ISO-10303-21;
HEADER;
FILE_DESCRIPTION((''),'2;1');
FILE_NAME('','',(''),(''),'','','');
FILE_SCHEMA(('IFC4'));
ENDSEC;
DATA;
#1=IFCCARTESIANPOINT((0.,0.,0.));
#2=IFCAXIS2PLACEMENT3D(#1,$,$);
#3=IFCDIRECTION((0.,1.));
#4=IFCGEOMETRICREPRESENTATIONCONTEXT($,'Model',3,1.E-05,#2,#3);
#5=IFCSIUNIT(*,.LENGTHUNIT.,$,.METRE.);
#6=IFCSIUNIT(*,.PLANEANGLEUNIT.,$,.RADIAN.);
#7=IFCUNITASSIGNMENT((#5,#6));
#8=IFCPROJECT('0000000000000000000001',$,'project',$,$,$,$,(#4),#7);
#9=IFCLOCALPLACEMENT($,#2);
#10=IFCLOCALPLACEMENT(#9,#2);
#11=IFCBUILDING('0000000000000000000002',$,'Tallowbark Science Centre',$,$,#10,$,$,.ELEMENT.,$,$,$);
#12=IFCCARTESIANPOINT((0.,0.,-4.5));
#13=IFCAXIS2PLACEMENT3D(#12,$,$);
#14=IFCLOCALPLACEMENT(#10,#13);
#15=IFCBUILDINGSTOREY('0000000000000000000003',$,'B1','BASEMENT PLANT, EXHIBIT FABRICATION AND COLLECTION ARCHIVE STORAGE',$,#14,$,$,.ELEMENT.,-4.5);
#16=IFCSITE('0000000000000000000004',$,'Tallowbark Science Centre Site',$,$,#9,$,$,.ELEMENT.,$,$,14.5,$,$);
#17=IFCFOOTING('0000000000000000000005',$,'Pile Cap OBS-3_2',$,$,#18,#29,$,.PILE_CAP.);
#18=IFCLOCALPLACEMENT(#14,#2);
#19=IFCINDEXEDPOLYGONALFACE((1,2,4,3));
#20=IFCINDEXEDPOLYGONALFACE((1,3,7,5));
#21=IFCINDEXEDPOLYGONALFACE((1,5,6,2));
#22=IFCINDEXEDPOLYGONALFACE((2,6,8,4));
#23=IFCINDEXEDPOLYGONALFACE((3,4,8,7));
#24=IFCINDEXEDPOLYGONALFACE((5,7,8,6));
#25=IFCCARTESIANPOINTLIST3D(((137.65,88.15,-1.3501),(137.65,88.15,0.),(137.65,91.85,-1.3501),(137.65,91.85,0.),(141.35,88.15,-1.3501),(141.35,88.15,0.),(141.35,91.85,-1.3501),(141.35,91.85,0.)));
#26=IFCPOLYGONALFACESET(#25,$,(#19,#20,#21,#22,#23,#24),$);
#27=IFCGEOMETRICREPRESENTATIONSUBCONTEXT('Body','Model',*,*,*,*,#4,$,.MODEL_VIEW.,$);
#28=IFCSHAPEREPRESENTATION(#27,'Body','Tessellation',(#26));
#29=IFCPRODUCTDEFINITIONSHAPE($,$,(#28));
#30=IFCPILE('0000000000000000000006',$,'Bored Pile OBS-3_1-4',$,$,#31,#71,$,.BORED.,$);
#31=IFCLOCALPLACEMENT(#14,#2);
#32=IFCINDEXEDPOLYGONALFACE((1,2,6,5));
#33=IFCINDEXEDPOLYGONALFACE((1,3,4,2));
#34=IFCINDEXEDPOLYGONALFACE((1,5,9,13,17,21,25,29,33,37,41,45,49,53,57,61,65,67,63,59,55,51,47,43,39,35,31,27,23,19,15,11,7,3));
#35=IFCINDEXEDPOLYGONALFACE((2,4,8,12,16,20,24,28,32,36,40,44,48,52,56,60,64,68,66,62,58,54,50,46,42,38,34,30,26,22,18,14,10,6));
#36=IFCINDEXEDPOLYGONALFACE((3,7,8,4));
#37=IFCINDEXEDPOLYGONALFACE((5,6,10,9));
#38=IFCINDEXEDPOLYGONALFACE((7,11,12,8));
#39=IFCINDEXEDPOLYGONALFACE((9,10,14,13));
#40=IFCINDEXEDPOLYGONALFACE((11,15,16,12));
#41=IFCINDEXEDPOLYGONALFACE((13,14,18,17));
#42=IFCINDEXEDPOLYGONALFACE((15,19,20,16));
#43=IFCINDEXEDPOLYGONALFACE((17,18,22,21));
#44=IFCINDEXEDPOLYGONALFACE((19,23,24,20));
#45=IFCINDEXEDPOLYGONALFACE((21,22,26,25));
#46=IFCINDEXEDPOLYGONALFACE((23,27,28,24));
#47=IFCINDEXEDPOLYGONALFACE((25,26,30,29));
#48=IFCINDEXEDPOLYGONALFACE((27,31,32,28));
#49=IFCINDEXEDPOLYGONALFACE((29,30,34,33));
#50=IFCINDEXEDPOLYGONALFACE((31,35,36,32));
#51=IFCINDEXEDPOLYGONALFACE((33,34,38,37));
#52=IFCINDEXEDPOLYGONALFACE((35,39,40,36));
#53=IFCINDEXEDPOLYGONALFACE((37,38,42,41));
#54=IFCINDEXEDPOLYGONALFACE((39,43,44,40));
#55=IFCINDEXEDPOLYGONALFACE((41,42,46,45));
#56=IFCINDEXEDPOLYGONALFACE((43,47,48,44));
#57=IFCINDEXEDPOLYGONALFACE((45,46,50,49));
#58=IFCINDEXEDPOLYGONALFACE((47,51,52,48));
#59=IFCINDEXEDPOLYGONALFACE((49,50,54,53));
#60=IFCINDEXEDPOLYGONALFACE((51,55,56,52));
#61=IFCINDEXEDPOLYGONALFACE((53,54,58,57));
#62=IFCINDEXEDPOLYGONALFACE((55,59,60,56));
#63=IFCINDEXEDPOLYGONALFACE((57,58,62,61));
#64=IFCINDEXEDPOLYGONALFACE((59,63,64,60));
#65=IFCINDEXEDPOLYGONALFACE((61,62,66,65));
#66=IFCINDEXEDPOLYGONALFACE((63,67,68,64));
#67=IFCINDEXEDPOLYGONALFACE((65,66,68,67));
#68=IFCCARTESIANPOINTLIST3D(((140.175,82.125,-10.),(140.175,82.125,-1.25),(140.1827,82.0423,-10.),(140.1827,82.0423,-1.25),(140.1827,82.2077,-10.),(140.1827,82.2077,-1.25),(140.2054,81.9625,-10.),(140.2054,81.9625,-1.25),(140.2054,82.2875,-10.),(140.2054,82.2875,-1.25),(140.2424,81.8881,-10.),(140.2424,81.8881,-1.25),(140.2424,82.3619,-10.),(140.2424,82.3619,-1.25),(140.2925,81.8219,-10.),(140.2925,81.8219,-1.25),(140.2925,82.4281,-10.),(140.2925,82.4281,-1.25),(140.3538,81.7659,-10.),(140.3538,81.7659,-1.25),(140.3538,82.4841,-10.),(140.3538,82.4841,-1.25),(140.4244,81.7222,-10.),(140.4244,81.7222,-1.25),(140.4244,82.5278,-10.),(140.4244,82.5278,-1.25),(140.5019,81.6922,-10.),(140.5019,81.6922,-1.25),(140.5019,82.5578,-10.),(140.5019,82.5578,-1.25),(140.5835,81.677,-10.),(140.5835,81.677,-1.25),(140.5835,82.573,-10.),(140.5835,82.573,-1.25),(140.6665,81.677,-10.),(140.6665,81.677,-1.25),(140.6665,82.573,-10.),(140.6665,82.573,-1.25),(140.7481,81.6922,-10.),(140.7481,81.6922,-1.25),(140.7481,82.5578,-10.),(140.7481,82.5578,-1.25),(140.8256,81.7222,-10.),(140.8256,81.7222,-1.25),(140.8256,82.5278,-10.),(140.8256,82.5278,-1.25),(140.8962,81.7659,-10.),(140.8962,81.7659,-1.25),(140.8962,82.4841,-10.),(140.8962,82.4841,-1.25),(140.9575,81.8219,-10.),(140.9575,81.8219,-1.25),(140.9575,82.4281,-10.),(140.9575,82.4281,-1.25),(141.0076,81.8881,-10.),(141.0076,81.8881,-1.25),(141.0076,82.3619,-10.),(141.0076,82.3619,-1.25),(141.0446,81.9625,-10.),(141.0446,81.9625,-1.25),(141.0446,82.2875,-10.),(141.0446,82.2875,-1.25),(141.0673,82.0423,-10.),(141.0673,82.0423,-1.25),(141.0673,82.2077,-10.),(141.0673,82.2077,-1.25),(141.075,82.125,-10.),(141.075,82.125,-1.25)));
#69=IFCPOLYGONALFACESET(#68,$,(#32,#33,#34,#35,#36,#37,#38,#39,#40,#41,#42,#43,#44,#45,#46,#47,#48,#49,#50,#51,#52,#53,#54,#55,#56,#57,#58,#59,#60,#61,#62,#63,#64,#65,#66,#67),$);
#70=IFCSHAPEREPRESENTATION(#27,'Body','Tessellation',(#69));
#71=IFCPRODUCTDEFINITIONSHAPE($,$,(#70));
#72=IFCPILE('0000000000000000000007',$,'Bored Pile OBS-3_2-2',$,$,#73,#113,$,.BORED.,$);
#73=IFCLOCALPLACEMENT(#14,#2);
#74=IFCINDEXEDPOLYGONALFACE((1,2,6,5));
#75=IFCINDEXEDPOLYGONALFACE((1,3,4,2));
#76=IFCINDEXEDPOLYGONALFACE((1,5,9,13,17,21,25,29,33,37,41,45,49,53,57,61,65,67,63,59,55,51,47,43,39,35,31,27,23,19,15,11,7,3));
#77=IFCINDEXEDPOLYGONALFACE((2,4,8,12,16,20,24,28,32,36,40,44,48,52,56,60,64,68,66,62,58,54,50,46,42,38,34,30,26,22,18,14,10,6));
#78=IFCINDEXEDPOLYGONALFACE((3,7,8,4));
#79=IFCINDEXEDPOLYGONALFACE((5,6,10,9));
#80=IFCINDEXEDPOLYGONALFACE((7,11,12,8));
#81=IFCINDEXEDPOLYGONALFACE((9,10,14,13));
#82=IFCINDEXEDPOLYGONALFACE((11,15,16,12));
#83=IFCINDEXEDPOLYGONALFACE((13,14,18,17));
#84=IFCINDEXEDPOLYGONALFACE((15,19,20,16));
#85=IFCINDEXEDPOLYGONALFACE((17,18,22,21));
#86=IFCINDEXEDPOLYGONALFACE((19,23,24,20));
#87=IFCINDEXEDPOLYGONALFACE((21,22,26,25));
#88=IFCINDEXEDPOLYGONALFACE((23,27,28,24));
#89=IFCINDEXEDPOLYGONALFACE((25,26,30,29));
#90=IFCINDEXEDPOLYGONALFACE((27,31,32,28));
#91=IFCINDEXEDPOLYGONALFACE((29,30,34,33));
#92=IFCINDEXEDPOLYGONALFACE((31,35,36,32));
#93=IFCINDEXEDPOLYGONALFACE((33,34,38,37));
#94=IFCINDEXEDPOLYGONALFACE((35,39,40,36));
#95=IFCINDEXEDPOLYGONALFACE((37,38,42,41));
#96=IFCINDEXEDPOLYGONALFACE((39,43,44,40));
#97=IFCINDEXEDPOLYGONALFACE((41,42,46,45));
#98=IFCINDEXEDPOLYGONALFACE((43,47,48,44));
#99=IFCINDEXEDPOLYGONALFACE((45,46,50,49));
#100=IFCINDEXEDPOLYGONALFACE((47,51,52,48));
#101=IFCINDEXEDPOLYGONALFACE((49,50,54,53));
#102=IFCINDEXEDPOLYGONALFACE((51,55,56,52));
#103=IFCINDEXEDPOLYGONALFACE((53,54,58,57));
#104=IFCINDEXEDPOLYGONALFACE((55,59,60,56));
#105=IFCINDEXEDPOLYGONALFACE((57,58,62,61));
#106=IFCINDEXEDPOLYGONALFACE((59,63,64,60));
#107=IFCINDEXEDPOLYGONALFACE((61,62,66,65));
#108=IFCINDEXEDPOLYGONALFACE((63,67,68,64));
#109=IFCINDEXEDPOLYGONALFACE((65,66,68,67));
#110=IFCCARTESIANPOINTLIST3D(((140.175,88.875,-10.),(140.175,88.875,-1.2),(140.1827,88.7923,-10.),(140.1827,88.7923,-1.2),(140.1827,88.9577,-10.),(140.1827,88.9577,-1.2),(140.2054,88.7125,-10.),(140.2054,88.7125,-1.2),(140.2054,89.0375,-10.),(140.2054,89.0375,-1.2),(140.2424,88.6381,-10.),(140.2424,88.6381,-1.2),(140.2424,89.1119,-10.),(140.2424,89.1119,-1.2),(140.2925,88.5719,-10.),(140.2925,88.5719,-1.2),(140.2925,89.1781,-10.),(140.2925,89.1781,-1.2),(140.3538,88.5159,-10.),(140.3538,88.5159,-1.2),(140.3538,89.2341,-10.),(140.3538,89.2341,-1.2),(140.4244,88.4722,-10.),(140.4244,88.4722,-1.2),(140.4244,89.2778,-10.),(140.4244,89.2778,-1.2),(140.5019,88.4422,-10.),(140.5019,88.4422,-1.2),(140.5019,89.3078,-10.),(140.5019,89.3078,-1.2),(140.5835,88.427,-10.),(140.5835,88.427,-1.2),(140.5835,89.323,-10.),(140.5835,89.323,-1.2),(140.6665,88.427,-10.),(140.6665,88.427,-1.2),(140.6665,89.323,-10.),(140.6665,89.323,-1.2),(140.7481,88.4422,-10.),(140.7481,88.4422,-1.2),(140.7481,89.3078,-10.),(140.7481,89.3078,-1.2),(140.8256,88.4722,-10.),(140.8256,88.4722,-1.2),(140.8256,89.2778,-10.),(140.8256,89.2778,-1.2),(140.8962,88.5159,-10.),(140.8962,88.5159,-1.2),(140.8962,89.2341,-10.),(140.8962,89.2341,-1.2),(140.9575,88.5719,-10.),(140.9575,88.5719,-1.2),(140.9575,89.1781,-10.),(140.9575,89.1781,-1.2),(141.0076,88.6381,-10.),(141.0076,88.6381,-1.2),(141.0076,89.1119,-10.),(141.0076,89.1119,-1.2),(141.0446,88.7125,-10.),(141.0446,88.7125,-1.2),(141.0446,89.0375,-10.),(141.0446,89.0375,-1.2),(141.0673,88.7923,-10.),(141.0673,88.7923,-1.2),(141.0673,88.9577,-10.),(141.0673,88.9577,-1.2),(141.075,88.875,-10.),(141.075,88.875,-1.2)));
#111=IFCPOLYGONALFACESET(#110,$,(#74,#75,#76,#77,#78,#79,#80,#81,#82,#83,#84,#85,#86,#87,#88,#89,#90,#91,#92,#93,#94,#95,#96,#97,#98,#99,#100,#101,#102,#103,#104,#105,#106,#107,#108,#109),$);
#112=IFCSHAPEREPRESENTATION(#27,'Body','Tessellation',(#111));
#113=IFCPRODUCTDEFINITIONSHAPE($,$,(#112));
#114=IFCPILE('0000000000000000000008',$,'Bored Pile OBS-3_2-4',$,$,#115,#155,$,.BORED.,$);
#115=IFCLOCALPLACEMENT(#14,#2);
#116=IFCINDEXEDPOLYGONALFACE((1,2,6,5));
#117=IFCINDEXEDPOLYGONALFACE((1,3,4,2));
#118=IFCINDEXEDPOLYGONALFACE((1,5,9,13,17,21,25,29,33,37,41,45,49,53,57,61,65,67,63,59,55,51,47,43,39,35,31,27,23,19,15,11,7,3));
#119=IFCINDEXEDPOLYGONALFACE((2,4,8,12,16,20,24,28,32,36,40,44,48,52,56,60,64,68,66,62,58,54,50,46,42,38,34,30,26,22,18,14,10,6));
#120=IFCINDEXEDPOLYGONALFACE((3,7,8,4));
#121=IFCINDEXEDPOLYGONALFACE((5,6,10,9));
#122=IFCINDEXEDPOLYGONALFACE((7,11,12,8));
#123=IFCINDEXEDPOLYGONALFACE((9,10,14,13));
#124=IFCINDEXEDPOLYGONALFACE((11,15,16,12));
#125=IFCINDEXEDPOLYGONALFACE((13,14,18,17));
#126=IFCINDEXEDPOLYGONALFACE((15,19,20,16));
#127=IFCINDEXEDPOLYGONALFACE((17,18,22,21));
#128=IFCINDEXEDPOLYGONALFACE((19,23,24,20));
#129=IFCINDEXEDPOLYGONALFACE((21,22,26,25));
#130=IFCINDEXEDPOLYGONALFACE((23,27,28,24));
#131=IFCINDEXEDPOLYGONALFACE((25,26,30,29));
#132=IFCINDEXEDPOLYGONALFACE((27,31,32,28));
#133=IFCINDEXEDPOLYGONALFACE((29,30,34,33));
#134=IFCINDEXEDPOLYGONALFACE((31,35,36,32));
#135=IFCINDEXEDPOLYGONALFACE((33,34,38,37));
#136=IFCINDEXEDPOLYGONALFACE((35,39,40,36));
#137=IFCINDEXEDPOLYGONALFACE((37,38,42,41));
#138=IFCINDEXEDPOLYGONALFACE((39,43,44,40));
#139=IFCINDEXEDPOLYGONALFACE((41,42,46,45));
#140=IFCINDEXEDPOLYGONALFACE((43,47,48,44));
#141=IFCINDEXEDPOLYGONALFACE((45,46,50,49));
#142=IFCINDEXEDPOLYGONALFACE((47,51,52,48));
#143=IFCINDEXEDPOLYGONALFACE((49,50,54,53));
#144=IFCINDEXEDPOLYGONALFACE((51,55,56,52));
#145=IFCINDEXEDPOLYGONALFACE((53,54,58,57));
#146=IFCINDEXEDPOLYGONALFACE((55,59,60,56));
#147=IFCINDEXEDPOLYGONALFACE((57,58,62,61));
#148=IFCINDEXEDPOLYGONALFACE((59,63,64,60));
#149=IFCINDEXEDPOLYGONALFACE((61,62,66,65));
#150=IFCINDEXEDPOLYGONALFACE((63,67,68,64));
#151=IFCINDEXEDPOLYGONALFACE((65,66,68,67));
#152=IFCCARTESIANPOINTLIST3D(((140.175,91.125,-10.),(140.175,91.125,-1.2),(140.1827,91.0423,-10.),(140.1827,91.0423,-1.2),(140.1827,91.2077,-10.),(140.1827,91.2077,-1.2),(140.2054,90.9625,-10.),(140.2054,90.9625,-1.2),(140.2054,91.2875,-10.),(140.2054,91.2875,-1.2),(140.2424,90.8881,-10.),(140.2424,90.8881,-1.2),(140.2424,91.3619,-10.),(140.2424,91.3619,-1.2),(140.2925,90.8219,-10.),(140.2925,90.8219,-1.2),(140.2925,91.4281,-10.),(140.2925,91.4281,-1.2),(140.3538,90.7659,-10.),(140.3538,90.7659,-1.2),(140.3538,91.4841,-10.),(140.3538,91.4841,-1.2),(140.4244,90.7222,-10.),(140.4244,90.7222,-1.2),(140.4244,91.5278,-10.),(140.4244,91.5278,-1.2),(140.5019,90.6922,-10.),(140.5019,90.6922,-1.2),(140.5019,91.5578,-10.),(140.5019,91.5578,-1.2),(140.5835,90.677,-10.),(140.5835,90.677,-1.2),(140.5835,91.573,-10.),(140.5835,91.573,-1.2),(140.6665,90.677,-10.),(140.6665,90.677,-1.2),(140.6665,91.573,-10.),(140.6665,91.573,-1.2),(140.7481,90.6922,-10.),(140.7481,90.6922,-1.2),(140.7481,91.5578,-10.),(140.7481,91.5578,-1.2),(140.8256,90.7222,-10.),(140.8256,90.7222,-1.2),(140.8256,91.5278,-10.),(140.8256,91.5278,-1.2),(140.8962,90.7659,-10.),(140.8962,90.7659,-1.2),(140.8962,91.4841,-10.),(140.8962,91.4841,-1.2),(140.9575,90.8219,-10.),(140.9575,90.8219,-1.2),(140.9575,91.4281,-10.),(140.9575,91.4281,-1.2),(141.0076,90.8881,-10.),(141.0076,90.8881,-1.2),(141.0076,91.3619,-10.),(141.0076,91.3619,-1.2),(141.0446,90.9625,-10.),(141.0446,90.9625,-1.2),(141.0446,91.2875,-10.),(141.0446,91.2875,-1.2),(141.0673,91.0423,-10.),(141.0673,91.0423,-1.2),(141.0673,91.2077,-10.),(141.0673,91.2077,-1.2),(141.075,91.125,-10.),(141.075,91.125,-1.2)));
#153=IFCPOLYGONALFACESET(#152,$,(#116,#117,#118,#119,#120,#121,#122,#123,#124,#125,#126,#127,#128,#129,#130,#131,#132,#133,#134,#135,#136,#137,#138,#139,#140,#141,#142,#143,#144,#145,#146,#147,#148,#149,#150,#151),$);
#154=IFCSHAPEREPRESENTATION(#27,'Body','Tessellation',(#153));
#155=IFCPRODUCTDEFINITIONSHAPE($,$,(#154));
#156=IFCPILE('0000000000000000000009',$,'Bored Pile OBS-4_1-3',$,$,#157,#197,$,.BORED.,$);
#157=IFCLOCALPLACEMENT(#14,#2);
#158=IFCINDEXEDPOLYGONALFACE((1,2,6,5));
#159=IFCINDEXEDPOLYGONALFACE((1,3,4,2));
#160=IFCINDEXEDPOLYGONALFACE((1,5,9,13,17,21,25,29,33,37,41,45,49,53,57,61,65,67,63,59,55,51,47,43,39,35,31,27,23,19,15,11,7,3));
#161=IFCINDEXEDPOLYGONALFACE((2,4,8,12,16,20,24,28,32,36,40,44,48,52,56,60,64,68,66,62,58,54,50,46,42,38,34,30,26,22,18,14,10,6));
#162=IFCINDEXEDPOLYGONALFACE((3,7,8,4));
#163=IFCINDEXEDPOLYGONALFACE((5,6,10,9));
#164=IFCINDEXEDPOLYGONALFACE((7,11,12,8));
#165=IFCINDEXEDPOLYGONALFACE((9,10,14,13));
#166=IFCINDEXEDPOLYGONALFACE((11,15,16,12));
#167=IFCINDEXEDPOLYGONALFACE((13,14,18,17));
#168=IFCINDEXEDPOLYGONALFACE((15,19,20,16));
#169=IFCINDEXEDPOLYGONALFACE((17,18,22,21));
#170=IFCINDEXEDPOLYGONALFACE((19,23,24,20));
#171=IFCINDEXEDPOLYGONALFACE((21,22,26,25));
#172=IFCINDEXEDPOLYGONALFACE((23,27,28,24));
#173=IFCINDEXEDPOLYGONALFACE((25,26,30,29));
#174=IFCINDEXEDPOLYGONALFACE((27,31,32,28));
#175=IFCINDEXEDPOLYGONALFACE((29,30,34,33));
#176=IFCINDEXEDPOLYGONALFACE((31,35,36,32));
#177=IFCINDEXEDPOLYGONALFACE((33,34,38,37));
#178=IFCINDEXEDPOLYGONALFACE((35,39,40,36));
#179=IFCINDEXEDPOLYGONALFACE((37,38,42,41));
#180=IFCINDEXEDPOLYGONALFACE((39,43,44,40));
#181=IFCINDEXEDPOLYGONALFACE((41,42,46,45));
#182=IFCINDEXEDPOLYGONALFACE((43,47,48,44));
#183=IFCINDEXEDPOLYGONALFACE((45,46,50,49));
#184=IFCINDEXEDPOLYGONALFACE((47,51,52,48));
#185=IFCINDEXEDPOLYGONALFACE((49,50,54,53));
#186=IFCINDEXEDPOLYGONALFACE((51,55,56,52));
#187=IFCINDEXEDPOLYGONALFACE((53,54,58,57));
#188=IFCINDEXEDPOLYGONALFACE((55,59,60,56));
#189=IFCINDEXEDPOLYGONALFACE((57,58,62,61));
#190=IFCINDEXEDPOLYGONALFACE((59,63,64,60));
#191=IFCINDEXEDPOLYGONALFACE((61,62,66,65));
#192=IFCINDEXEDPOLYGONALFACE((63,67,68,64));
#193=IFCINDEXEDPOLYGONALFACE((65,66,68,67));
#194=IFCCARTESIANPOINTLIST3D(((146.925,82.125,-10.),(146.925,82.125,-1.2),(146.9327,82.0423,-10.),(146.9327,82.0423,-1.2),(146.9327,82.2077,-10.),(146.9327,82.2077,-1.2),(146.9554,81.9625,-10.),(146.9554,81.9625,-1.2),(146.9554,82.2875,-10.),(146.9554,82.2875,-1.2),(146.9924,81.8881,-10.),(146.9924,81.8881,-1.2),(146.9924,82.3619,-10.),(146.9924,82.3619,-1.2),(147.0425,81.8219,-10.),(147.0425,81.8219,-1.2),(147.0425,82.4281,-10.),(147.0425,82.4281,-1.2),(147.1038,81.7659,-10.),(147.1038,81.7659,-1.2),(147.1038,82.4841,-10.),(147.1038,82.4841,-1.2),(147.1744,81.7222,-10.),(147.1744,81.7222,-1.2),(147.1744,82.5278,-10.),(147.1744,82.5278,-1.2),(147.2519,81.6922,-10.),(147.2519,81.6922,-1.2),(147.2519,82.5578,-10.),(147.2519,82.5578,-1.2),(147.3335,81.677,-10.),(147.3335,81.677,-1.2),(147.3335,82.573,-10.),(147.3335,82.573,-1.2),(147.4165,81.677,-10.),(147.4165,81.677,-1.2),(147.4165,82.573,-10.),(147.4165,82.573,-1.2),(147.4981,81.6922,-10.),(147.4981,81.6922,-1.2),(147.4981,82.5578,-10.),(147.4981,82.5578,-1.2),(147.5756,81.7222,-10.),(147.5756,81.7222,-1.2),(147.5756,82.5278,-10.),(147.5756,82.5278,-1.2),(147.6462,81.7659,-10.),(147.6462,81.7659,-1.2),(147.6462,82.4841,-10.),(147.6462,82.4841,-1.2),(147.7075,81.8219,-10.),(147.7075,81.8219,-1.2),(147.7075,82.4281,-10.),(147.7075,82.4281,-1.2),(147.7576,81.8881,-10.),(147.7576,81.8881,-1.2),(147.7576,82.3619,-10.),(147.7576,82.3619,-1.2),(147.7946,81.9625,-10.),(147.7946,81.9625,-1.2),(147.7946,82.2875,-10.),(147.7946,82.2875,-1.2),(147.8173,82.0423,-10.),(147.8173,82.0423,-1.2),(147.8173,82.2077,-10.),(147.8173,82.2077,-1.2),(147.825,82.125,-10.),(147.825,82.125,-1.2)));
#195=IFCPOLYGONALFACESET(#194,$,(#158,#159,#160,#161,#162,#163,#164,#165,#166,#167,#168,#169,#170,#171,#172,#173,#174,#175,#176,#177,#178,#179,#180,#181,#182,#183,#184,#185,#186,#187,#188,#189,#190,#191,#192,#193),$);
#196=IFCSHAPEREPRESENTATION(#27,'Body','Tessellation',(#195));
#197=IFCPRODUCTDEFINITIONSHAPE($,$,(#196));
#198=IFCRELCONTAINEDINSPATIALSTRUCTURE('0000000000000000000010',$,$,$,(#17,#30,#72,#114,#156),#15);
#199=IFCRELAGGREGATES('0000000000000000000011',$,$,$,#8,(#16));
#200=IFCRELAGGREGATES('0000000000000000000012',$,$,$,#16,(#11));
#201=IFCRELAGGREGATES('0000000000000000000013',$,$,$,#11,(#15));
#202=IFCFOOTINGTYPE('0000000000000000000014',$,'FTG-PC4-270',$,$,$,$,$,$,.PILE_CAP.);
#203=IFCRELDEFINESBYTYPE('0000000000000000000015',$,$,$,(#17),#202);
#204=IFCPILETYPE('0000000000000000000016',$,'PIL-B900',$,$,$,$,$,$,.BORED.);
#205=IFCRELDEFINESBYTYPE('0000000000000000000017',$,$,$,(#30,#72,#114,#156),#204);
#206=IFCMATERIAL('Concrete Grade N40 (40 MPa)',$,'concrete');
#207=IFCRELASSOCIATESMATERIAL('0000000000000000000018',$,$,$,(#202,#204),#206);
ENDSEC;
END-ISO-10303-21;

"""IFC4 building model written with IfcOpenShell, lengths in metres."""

from ifc_helpers import new_model, si_unit, direction, frame, origin, origin_2d, place, context, subcontext, project, spatial, rectangle, circle, extrude, material, material_profile, profile_set, type_object, element, save


model = new_model("IFC4")

# Units and contexts
model_context = context("Model", 3, precision=1e-05, world=origin(), true_north=direction((0.0, 1.0)))
body_context = subcontext(model_context, "Body", "Model", "MODEL_VIEW")
ifc_project = project(units=[si_unit("LENGTHUNIT", "METRE"), si_unit("PLANEANGLEUNIT", "RADIAN")], contexts=[model_context])

# Site, building, storey
site_placement = place(None, origin())
site = spatial("IfcSite", under=ifc_project, at=site_placement, Name="Tallowbark Science Centre Site", CompositionType="ELEMENT", RefElevation=14.5)
building_placement = place(site_placement, origin())
building = spatial("IfcBuilding", under=site, at=building_placement, Name="Tallowbark Science Centre", CompositionType="ELEMENT")
storey_placement = place(building_placement, frame((0.0, 0.0, -4.5)))
storey = spatial("IfcBuildingStorey", under=building, at=storey_placement, Name="B1", Description="BASEMENT PLANT, EXHIBIT FABRICATION AND COLLECTION ARCHIVE STORAGE", CompositionType="ELEMENT", Elevation=-4.5)

# Footing
ifc_material_1 = material(Name="Concrete Grade N40 (40 MPa)", Category="concrete")
footing_type = type_object("IfcFootingType", Name="FTG-PC4-270", PredefinedType="PILE_CAP", material=ifc_material_1)
footing_placement = place(storey_placement, frame((139.5, 90.0, -1.3501), z_axis=(0.0, 0.0, 1.0), x_axis=(1.0, 0.0, 0.0)))
element("IfcFooting", 1, at=footing_placement, inside=storey, type_object=footing_type, Name="Pile Cap OBS-3_2", PredefinedType="PILE_CAP", context=body_context, shape_type="SweptSolid", body=[
    extrude(rectangle(XDim=3.7, YDim=3.7, at=origin_2d()), origin(), (0.0, 0.0, 1.0), 1.3501),
])

# Piles
ifc_material_profile_1 = material_profile(ifc_material_1, circle(Radius=0.45, at=origin_2d()), Name="PILE900")
ifc_profile_set_1 = profile_set([ifc_material_profile_1], Name="Concrete Grade N40 (40 MPa)")
pile_type = type_object("IfcPileType", Name="PIL-B900", PredefinedType="BORED", material=ifc_profile_set_1)
pile_placement = place(storey_placement, frame((140.625, 82.125, -1.25), z_axis=(0.0, 0.0, -1.0), x_axis=(1.0, 0.0, 0.0)))
element("IfcPile", 2, at=pile_placement, inside=storey, type_object=pile_type, Name="Bored Pile OBS-3_1-4", PredefinedType="BORED", context=body_context, shape_type="SweptSolid", body=[
    extrude(circle(Radius=0.45, at=origin_2d()), origin(), (0.0, 0.0, 1.0), 8.75),
])
for number, where, z_axis, x_axis, name in (
    (3, (140.625, 88.875, -1.2), (0.0, 0.0, -1.0), (1.0, 0.0, 0.0), "Bored Pile OBS-3_2-2"),
    (4, (140.625, 91.125, -1.2), (0.0, 0.0, -1.0), (1.0, 0.0, 0.0), "Bored Pile OBS-3_2-4"),
    (5, (147.375, 82.125, -1.2), (0.0, 0.0, -1.0), (1.0, 0.0, 0.0), "Bored Pile OBS-4_1-3"),
):
    element("IfcPile", number, at=place(storey_placement, frame(where, z_axis=z_axis, x_axis=x_axis)), inside=storey, type_object=pile_type, Name=name, PredefinedType="BORED", context=body_context, shape_type="SweptSolid", body=[
        extrude(circle(Radius=0.45, at=origin_2d()), origin(), (0.0, 0.0, 1.0), 8.8),
    ])

save(model, "model.ifc")
